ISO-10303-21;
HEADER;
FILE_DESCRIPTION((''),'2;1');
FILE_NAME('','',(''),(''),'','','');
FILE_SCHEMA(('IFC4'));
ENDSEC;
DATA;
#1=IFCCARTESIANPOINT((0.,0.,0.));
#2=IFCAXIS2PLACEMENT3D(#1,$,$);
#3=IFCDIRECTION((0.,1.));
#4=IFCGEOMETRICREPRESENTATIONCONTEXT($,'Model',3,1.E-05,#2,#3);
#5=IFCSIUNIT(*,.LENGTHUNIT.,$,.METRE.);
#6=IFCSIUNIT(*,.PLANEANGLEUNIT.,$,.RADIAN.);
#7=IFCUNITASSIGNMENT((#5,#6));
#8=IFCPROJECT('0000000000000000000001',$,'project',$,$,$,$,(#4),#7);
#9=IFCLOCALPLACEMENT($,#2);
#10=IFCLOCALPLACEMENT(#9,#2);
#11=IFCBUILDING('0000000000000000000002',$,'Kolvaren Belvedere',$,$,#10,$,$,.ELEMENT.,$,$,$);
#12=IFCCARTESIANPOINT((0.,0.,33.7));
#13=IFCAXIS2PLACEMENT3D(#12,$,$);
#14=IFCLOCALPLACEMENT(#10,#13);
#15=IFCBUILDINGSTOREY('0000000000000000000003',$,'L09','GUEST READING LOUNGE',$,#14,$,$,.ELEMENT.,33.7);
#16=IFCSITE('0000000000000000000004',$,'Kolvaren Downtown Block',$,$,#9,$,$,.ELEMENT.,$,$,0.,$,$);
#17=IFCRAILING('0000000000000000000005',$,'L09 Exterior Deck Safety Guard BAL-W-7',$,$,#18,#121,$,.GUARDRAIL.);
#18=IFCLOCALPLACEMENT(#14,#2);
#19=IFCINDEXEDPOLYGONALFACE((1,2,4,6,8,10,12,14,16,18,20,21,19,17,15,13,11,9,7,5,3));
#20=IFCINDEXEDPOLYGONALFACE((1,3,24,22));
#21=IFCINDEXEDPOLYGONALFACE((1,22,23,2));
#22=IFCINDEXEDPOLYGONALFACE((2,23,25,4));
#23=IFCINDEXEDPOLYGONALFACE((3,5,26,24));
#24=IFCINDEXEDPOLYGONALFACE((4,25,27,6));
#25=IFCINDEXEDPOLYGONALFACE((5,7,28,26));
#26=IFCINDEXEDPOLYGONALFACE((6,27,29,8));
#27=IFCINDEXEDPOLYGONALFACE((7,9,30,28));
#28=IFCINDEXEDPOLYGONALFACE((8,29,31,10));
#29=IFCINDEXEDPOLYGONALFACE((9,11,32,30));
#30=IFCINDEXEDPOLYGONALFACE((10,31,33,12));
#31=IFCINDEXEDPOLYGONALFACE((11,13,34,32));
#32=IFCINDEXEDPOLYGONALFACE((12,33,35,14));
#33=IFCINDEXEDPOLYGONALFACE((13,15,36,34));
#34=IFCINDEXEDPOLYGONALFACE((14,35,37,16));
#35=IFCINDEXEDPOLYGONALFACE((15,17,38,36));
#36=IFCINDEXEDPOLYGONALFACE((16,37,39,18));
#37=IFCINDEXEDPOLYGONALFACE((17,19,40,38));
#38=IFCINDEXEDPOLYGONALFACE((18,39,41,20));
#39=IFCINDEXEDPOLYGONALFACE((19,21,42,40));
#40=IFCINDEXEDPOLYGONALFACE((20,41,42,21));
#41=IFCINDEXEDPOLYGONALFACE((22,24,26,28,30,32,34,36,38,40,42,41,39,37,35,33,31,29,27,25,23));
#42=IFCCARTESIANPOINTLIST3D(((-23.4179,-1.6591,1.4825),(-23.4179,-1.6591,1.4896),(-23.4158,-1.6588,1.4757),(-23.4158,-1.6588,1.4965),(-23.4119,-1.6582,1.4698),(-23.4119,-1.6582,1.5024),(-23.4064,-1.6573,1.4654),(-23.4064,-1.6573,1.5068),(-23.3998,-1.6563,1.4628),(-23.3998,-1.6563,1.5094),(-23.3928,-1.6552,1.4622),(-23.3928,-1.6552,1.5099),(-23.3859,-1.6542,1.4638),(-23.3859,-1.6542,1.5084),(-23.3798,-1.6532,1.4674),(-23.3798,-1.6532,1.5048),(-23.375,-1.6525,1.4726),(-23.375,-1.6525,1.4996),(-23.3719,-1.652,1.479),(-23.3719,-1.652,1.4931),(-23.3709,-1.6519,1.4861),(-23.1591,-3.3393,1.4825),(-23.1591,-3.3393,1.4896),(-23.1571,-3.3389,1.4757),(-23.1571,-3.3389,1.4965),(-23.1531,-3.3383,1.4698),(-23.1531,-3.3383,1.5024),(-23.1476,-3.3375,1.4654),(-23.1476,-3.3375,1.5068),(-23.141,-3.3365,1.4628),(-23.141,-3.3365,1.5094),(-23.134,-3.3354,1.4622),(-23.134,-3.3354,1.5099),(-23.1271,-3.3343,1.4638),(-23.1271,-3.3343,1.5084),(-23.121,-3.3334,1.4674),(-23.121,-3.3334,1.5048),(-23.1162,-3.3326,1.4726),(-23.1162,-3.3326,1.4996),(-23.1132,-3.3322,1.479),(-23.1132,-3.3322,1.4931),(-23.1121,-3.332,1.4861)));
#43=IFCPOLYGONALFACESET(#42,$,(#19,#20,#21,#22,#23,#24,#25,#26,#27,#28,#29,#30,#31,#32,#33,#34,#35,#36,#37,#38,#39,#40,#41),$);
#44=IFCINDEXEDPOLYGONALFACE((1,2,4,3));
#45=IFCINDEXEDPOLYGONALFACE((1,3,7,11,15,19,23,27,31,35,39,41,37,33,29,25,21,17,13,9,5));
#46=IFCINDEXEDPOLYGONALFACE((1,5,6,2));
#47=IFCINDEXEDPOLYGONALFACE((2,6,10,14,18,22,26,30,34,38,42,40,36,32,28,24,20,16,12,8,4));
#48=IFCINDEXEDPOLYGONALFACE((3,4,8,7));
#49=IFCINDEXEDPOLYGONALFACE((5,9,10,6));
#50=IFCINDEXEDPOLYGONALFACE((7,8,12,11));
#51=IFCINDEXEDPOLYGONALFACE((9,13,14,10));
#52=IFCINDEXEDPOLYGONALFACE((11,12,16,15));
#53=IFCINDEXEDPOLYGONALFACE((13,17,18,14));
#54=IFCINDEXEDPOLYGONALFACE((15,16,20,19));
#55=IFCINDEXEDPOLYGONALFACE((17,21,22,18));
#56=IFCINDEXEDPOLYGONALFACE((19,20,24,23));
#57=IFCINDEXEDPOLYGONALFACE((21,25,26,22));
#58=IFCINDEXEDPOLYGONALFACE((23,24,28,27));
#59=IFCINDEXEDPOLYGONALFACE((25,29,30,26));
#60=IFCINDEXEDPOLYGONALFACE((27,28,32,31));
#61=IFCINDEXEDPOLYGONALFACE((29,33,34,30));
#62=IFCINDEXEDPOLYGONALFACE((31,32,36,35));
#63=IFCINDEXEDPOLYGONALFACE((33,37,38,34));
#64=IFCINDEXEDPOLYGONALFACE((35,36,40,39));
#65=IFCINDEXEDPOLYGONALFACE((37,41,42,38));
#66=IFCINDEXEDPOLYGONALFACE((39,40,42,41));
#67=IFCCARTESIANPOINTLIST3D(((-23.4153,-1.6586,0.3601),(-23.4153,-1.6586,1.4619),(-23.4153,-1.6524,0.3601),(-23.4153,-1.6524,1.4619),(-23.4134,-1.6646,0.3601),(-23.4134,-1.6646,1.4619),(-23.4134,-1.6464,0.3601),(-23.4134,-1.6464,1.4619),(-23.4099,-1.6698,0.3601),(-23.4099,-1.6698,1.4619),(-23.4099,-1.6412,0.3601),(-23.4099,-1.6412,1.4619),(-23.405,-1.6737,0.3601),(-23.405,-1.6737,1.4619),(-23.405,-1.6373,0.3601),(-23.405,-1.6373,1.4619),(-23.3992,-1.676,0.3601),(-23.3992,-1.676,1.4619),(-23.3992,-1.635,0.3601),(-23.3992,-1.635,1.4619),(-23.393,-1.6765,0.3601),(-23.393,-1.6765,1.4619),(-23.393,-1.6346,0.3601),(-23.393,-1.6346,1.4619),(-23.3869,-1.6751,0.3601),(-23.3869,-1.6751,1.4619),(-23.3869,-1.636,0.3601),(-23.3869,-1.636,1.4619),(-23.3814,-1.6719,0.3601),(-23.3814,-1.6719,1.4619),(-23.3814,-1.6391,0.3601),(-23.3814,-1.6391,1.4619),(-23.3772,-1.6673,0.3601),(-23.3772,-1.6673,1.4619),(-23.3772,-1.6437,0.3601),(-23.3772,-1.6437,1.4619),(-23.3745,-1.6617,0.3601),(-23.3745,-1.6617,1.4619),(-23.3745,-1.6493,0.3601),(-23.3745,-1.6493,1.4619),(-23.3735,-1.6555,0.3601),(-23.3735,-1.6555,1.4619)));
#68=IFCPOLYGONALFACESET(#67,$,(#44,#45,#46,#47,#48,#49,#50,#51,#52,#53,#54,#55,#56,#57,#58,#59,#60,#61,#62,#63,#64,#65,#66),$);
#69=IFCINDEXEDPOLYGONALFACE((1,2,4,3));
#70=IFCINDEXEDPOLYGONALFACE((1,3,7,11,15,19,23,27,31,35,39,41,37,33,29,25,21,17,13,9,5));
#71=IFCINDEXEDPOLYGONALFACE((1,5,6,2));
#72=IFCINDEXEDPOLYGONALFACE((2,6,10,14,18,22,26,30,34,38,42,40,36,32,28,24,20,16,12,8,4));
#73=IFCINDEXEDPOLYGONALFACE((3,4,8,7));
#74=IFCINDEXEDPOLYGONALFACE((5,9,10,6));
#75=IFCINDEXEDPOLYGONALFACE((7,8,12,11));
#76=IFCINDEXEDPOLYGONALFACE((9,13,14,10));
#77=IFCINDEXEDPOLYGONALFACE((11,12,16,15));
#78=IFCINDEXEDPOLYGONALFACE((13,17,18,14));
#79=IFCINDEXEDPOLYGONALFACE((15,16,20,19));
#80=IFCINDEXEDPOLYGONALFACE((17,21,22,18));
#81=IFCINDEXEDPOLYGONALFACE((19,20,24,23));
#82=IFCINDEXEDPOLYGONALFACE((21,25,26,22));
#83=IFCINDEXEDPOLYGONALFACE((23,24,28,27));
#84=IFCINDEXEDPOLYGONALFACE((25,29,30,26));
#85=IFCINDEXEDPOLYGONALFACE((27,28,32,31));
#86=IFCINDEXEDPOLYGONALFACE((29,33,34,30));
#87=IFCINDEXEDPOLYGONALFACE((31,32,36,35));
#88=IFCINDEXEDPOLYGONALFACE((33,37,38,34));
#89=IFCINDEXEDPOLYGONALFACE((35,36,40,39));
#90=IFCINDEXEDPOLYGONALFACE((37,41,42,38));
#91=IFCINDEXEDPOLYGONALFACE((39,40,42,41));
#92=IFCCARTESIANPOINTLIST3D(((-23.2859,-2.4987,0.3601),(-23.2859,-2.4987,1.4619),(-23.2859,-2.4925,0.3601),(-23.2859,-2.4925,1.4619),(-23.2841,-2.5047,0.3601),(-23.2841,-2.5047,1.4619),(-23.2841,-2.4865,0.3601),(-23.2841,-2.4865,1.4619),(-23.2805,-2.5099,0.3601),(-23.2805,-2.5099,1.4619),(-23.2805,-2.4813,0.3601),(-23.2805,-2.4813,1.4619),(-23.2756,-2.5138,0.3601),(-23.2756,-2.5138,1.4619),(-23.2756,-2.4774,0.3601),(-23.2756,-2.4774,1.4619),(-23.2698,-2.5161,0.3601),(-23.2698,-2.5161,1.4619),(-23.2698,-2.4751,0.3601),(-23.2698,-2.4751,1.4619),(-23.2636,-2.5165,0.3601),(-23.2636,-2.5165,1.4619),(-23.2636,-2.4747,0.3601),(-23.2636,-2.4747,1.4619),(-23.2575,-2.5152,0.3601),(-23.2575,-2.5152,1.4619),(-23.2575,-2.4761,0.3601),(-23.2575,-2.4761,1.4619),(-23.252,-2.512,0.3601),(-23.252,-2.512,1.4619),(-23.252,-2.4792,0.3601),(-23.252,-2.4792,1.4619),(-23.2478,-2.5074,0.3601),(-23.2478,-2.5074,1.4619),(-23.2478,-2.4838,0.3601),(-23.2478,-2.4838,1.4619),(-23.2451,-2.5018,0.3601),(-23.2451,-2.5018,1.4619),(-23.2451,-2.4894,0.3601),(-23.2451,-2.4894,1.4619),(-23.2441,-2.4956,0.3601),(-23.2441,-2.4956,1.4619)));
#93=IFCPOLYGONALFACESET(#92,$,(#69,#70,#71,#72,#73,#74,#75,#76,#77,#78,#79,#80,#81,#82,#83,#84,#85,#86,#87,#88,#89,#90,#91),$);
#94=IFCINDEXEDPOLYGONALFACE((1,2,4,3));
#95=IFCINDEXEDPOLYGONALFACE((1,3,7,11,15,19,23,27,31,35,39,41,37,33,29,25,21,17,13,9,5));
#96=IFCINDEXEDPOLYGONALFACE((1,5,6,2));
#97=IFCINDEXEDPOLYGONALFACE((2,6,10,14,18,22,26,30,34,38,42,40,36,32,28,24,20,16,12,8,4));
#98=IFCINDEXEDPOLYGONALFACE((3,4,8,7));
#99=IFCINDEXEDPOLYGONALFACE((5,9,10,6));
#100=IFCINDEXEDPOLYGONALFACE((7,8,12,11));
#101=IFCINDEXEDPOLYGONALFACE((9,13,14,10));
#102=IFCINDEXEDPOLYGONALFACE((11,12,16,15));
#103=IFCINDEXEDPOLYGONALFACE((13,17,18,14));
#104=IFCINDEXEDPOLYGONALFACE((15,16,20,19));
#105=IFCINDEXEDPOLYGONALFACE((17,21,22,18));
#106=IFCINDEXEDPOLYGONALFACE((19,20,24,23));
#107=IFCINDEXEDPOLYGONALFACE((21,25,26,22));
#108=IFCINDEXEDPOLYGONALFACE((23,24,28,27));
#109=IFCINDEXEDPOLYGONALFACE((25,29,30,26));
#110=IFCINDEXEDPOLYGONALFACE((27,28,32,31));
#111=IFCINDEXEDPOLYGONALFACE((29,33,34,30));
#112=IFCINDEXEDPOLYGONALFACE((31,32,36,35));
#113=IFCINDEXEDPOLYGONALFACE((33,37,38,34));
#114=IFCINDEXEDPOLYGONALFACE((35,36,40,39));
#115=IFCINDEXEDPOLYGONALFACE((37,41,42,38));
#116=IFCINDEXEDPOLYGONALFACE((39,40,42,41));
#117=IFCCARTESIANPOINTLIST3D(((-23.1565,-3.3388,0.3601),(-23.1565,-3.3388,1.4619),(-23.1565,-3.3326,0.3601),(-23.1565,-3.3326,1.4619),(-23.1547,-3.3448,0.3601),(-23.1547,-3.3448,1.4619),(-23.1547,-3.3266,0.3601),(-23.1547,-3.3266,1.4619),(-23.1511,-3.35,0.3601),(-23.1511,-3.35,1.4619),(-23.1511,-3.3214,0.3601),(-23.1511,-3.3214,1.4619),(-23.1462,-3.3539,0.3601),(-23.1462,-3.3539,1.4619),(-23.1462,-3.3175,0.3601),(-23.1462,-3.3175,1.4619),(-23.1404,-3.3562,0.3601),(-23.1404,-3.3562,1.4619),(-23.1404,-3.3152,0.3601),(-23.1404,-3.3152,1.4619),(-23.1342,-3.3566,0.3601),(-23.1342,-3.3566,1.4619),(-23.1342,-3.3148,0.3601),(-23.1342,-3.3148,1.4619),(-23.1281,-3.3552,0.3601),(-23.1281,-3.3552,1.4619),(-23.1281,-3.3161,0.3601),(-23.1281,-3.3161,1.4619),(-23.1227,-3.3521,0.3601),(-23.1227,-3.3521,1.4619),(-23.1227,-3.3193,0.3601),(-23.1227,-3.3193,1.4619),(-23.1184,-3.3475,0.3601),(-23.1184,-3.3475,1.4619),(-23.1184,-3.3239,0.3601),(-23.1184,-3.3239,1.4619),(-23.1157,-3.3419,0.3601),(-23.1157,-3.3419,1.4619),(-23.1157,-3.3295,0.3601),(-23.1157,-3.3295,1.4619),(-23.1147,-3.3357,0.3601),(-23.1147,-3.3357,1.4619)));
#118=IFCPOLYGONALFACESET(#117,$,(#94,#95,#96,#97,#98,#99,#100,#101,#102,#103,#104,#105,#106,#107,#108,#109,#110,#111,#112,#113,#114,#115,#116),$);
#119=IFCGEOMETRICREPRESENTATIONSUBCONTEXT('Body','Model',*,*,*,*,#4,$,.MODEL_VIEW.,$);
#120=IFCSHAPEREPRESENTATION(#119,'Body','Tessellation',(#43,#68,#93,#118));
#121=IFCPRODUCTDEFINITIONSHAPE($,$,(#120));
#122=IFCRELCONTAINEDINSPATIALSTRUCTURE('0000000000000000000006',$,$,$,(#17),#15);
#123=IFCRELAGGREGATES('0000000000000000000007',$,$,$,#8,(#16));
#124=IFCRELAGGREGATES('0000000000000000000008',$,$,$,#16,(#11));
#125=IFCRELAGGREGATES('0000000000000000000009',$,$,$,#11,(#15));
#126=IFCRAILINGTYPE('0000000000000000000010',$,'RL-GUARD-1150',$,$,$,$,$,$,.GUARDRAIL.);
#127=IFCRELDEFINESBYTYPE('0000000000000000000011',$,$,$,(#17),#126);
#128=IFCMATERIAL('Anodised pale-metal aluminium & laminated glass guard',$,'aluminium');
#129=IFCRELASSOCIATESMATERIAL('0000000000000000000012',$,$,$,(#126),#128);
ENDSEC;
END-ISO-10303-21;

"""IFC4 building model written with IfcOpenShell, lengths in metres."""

from ifc_helpers import new_model, si_unit, direction, frame, origin, origin_2d, place, context, subcontext, project, spatial, circle, extrude, material, type_object, element, save


model = new_model("IFC4")

# Units and contexts
model_context = context("Model", 3, precision=1e-05, world=origin(), true_north=direction((0.0, 1.0)))
body_context = subcontext(model_context, "Body", "Model", "MODEL_VIEW")
ifc_project = project(units=[si_unit("LENGTHUNIT", "METRE"), si_unit("PLANEANGLEUNIT", "RADIAN")], contexts=[model_context])

# Site, building, storey
site_placement = place(None, origin())
site = spatial("IfcSite", under=ifc_project, at=site_placement, Name="Kolvaren Downtown Block", CompositionType="ELEMENT", RefElevation=0.0)
building_placement = place(site_placement, origin())
building = spatial("IfcBuilding", under=site, at=building_placement, Name="Kolvaren Belvedere", CompositionType="ELEMENT")
storey_placement = place(building_placement, frame((0.0, 0.0, 33.7)))
storey = spatial("IfcBuildingStorey", under=building, at=storey_placement, Name="L09", Description="GUEST READING LOUNGE", CompositionType="ELEMENT", Elevation=33.7)

# Railing
ifc_material_1 = material(Name="Anodised pale-metal aluminium & laminated glass guard", Category="aluminium")
railing_type = type_object("IfcRailingType", Name="RL-GUARD-1150", PredefinedType="GUARDRAIL", material=ifc_material_1)
railing_1_placement = place(storey_placement, frame((-23.3945, -1.6555, 0.3601)))
element("IfcRailing", 1, at=railing_1_placement, inside=storey, type_object=railing_type, Name="L09 Exterior Deck Safety Guard BAL-W-7", PredefinedType="GUARDRAIL", context=body_context, shape_type="SweptSolid", body=[
    extrude(circle(Radius=0.0239, at=origin_2d()), frame((0.0, 0.0, 1.126), z_axis=(0.15223, -0.988345, 0.0), x_axis=(0.988345, 0.15223, 0.0)), (0.0, 0.0, 1.0), 1.7),
    extrude(circle(Radius=0.021, at=origin_2d()), origin(), (0.0, 0.0, 1.0), 1.1018),
    extrude(circle(Radius=0.021, at=origin_2d()), frame((0.1294, -0.8401, 0.0)), (0.0, 0.0, 1.0), 1.1018),
    extrude(circle(Radius=0.021, at=origin_2d()), frame((0.2588, -1.6802, 0.0)), (0.0, 0.0, 1.0), 1.1018),
])

save(model, "model.ifc")
